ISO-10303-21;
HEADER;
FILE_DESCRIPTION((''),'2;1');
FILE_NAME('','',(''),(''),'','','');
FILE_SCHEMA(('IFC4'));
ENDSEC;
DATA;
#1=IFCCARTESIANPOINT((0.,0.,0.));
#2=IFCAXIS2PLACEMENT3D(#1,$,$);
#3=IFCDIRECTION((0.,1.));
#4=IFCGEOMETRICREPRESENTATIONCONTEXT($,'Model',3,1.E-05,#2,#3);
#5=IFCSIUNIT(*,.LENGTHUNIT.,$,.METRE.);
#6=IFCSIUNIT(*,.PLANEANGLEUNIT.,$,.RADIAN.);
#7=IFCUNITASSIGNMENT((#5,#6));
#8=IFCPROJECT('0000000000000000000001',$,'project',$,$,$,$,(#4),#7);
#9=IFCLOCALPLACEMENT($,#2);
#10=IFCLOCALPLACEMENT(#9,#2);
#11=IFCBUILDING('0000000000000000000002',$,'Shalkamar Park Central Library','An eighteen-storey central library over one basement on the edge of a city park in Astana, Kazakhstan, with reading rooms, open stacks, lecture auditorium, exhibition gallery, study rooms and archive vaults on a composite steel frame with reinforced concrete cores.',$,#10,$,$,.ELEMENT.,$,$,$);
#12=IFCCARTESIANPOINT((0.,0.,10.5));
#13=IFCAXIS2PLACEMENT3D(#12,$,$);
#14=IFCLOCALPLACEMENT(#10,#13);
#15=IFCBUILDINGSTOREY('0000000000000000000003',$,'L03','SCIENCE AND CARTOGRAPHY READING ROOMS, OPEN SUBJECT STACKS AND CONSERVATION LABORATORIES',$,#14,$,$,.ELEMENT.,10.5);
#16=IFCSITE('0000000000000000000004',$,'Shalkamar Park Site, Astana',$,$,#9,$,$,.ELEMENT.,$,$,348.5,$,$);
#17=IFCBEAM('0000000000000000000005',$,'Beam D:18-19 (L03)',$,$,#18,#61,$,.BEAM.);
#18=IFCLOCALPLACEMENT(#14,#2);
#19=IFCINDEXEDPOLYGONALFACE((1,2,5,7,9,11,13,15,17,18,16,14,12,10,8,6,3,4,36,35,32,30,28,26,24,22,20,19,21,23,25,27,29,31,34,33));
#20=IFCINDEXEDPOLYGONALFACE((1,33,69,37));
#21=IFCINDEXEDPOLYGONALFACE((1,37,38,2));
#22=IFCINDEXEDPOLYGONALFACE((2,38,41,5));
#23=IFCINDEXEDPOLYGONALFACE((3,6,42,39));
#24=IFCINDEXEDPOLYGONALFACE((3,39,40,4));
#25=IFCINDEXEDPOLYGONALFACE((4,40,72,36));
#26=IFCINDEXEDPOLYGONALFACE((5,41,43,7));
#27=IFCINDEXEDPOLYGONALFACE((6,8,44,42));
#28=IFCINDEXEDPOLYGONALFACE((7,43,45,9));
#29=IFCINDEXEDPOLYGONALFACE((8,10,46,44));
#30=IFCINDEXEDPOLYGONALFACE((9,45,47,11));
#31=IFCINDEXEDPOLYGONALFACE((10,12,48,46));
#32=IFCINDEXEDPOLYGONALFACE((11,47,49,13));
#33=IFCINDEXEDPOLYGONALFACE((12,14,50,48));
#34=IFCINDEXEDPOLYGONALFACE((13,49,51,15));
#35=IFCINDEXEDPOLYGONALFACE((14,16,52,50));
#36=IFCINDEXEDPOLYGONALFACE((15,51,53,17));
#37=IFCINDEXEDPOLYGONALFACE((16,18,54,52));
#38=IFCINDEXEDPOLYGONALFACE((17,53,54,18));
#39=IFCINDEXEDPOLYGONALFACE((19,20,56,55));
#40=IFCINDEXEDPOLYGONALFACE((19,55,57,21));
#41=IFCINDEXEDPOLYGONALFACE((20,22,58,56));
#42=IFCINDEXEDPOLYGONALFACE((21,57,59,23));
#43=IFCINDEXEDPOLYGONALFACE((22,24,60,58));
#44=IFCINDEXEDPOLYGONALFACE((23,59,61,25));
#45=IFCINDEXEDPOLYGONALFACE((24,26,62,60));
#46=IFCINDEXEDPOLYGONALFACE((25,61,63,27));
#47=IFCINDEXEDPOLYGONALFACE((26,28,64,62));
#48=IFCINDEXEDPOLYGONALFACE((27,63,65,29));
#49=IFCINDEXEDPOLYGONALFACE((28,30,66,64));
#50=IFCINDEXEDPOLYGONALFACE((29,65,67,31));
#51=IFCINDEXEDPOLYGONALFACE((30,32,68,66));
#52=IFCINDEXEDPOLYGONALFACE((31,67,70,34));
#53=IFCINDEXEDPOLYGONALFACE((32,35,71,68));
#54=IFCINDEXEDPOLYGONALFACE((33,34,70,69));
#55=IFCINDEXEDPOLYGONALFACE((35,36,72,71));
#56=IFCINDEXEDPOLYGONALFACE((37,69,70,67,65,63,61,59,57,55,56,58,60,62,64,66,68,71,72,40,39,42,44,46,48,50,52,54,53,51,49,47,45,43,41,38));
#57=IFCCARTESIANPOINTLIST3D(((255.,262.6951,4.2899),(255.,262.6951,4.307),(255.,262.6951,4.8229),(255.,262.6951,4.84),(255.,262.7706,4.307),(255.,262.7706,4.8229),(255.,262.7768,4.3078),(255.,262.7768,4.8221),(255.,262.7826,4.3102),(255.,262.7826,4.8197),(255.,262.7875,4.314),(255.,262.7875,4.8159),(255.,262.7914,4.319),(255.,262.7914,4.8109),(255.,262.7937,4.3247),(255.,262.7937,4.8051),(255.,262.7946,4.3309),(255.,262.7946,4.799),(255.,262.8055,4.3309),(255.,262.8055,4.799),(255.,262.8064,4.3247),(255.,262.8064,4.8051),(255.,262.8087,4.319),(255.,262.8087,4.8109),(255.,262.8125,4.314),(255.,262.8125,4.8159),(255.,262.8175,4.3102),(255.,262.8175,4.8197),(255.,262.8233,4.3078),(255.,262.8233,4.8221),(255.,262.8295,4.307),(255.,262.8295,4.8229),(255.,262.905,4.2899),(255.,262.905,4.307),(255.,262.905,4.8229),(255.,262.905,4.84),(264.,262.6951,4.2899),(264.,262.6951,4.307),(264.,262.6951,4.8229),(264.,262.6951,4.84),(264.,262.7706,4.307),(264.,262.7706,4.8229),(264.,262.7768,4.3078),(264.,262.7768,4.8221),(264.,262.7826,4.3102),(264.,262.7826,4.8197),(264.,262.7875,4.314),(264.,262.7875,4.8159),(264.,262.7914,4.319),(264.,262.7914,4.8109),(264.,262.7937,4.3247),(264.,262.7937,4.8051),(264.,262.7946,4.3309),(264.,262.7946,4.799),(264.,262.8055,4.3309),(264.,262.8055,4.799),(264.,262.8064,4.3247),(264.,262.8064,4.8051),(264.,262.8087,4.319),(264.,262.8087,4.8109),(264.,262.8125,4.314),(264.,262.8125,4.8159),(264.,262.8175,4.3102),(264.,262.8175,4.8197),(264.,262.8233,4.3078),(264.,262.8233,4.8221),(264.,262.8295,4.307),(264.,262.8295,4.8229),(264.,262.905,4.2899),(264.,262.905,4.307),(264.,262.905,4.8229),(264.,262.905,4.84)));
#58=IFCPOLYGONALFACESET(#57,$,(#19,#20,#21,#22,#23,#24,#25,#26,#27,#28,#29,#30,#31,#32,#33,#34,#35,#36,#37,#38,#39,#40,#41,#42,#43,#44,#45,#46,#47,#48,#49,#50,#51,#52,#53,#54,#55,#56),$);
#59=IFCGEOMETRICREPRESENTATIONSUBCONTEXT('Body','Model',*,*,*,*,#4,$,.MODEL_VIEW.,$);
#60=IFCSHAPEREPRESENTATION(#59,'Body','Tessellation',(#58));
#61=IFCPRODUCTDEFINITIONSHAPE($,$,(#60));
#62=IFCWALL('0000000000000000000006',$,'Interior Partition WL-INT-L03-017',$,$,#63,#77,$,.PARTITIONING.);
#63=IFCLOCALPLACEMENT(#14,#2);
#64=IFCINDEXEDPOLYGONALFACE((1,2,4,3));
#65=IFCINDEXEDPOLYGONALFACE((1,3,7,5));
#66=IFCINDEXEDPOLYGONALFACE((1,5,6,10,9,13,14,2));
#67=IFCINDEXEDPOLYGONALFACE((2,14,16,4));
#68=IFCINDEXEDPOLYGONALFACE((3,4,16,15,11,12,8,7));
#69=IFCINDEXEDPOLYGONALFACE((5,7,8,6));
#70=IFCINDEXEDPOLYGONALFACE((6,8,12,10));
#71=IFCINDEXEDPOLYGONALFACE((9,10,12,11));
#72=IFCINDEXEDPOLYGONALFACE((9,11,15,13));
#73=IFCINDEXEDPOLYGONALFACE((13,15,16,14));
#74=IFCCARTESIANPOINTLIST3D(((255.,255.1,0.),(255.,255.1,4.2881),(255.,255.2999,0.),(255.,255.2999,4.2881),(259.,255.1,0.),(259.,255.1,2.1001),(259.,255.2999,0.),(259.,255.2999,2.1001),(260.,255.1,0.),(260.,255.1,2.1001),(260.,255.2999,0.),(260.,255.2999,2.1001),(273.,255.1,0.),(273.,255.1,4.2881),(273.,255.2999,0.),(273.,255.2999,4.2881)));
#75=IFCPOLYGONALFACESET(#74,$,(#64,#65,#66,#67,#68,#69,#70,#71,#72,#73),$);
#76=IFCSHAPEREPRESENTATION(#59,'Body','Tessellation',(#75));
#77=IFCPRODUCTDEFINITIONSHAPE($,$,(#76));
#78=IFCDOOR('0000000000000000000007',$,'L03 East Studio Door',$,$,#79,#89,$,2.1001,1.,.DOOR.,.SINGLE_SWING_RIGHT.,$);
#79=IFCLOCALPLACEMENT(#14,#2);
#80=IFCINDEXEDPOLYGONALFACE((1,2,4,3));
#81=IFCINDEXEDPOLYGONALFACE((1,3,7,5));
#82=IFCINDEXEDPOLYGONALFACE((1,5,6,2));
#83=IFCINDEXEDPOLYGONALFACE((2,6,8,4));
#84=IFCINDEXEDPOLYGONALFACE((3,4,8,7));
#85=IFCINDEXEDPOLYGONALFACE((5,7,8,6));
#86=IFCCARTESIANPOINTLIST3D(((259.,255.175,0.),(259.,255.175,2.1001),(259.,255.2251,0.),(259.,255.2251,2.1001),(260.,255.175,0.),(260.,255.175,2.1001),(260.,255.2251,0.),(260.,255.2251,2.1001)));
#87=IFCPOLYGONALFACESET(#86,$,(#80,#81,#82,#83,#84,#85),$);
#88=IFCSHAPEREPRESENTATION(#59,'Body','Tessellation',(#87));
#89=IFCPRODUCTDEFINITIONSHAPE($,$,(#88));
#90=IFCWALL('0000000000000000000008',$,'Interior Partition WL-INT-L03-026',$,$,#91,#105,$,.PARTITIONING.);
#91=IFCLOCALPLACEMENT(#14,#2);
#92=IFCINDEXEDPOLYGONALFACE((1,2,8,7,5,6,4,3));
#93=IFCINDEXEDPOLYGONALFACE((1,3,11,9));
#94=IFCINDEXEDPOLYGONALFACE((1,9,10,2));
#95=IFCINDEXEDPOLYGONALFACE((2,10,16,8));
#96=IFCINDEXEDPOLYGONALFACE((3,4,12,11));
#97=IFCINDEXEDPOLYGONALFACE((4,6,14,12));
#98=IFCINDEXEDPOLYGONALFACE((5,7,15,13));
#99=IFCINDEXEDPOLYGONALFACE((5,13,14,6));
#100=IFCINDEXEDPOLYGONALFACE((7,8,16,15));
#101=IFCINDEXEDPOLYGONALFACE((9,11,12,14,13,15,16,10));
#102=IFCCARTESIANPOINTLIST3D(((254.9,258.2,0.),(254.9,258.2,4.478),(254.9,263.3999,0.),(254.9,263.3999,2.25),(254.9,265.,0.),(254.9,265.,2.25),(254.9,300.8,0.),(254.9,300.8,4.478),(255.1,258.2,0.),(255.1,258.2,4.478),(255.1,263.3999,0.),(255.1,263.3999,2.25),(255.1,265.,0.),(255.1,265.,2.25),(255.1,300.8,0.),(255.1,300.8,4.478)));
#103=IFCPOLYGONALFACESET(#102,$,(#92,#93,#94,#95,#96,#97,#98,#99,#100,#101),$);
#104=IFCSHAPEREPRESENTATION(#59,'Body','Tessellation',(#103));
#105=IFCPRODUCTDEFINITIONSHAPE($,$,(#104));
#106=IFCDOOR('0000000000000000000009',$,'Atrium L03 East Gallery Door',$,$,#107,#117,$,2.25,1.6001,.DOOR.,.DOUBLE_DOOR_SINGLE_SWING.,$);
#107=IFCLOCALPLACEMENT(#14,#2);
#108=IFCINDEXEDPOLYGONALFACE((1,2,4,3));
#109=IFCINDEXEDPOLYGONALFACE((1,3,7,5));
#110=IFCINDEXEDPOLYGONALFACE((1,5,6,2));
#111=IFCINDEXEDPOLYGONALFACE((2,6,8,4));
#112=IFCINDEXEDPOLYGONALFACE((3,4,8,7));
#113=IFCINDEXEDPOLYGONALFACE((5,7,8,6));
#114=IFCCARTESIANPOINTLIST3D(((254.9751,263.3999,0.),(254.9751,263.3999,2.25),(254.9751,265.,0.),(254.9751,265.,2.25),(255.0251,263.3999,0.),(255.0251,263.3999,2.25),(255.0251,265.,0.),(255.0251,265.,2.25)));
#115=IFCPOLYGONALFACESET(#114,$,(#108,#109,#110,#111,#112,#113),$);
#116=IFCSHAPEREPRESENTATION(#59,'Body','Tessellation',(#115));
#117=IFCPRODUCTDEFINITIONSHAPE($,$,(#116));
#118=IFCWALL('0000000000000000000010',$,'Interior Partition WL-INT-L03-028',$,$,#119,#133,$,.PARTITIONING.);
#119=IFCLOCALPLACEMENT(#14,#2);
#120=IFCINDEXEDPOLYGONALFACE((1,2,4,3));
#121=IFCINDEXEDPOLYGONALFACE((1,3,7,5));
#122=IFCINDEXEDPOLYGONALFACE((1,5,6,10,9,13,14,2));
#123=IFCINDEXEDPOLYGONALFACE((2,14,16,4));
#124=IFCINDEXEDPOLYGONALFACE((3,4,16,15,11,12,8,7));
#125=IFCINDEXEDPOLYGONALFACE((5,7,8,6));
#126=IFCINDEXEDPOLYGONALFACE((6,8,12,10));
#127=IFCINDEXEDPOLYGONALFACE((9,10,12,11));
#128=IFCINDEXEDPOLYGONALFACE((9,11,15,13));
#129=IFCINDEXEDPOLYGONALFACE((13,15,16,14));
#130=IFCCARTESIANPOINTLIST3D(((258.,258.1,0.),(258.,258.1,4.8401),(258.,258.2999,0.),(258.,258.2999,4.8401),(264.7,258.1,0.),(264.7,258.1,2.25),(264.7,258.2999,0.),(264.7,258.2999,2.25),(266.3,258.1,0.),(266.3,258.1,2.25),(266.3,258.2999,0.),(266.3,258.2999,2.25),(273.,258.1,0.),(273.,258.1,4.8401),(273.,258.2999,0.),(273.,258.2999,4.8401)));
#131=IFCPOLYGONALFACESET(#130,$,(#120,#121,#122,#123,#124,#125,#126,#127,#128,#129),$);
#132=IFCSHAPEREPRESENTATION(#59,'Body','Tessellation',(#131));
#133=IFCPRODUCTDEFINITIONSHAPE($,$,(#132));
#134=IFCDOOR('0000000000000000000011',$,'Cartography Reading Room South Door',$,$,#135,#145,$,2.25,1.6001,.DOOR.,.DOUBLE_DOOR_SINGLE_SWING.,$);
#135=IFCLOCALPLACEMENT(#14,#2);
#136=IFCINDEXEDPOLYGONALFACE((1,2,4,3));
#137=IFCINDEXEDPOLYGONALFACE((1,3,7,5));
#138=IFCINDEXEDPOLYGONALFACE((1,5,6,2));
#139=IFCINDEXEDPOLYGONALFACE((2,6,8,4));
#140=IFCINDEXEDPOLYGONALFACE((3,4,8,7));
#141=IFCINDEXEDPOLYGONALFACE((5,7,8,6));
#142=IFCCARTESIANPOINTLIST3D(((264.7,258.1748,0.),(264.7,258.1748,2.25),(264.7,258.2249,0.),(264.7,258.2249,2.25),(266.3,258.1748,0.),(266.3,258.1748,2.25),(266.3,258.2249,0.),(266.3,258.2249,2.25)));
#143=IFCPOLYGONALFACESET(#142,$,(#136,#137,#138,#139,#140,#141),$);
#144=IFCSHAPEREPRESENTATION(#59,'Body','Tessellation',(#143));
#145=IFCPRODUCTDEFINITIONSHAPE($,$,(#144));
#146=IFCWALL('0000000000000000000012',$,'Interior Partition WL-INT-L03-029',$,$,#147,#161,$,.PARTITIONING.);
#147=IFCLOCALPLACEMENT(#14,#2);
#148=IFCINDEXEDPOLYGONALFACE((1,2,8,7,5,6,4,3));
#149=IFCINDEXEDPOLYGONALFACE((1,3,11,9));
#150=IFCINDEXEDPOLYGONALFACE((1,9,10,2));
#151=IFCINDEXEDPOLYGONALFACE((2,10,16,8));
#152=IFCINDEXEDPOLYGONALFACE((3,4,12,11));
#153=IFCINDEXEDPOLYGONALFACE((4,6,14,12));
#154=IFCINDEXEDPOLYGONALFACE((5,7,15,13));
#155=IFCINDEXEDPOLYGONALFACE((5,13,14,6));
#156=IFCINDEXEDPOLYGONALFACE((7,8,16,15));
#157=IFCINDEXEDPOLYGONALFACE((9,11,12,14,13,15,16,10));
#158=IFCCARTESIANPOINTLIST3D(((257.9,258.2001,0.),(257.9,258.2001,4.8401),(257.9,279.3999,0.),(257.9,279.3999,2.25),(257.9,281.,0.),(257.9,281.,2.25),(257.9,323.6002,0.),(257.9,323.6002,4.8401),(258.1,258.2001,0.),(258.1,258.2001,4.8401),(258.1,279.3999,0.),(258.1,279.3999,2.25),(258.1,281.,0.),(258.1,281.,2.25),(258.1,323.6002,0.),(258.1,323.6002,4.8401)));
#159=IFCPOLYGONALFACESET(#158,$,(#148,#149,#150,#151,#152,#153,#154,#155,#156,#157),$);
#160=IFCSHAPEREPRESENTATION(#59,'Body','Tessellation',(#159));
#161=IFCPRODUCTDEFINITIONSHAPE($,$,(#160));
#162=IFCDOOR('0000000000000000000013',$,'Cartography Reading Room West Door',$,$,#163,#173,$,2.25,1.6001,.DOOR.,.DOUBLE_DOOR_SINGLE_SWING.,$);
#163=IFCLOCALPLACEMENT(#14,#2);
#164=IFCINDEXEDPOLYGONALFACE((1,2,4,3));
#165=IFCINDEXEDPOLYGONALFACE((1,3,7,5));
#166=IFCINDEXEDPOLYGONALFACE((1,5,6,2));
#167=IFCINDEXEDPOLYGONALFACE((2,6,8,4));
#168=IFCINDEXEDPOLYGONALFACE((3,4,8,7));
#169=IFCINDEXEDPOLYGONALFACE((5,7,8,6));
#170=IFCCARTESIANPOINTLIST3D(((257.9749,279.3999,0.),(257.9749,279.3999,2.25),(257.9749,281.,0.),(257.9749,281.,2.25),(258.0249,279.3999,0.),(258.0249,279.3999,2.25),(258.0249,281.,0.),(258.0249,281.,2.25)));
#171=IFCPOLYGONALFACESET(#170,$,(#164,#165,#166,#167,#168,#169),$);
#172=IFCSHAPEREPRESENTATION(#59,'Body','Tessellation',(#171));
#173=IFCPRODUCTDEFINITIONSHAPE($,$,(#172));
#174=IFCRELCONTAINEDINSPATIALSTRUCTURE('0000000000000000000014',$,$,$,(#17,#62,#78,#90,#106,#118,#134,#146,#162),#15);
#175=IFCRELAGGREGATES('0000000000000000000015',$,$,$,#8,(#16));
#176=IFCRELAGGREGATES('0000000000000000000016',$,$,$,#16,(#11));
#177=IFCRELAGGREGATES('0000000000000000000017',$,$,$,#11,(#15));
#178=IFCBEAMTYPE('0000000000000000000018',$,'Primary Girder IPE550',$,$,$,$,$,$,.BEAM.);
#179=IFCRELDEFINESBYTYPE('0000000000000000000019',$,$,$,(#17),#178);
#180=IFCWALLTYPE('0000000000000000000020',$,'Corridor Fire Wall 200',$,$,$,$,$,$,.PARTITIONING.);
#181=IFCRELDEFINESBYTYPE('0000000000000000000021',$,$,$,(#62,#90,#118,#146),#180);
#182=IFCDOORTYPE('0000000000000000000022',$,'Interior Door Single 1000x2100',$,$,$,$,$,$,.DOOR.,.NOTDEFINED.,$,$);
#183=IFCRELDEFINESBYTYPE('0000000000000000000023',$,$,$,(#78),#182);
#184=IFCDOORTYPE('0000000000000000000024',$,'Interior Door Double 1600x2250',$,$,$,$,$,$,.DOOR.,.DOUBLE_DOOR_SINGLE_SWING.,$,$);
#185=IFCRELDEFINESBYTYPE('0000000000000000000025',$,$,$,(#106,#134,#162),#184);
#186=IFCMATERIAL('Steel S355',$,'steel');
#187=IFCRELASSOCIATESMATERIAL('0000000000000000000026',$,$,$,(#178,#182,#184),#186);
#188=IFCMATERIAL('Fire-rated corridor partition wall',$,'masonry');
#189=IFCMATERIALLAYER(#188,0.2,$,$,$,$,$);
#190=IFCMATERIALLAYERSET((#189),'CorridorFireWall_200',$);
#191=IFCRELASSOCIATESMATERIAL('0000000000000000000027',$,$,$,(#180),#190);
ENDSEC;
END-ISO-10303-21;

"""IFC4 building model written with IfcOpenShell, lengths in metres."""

from ifc_helpers import new_model, si_unit, direction, frame, frame_2d, origin, origin_2d, place, context, subcontext, project, spatial, rectangle, i_section, extrude, material, layer, layer_set, material_profile, profile_set, type_object, element, fill, save


model = new_model("IFC4")

# Units and contexts
model_context = context("Model", 3, precision=1e-05, world=origin(), true_north=direction((0.0, 1.0)))
body_context = subcontext(model_context, "Body", "Model", "MODEL_VIEW")
ifc_project = project(units=[si_unit("LENGTHUNIT", "METRE"), si_unit("PLANEANGLEUNIT", "RADIAN")], contexts=[model_context])

# Site, building, storey
site_placement = place(None, origin())
site = spatial("IfcSite", under=ifc_project, at=site_placement, Name="Shalkamar Park Site, Astana", CompositionType="ELEMENT", RefElevation=348.5)
building_placement = place(site_placement, origin())
building = spatial("IfcBuilding", under=site, at=building_placement, Name="Shalkamar Park Central Library", Description="An eighteen-storey central library over one basement on the edge of a city park in Astana, Kazakhstan, with reading rooms, open stacks, lecture auditorium, exhibition gallery, study rooms and archive vaults on a composite steel frame with reinforced concrete cores.", CompositionType="ELEMENT")
storey_placement = place(building_placement, frame((0.0, 0.0, 10.5)))
storey = spatial("IfcBuildingStorey", under=building, at=storey_placement, Name="L03", Description="SCIENCE AND CARTOGRAPHY READING ROOMS, OPEN SUBJECT STACKS AND CONSERVATION LABORATORIES", CompositionType="ELEMENT", Elevation=10.5)

# Shared definitions
ifc_material_1 = material(Name="Steel S355", Category="steel")

# Beam
ifc_material_profile_1 = material_profile(ifc_material_1, i_section(OverallWidth=0.21, OverallDepth=0.55, WebThickness=0.011, FlangeThickness=0.0171, FilletRadius=0.0239, at=origin_2d()), Name="IPE 550")
ifc_profile_set_1 = profile_set([ifc_material_profile_1], Name="Steel S355")
beam_type_1 = type_object("IfcBeamType", Name="Primary Girder IPE550", PredefinedType="BEAM", material=ifc_profile_set_1)
for number, where, z_axis, x_axis, name in (
    (1, (255.0, 262.8, 4.5649), (1.0, 0.0, 0.0), (0.0, 1.0, 0.0), "Beam D:18-19 (L03)"),
):
    element("IfcBeam", number, at=place(storey_placement, frame(where, z_axis=z_axis, x_axis=x_axis)), inside=storey, type_object=beam_type_1, Name=name, PredefinedType="BEAM", context=body_context, shape_type="SweptSolid", body=[
        extrude(i_section(OverallWidth=0.21, OverallDepth=0.55, WebThickness=0.011, FlangeThickness=0.0171, FilletRadius=0.0239, at=origin_2d()), origin(), (0.0, 0.0, 1.0), 9.0),
    ])

# Walls, openings, doors
ifc_material_2 = material(Name="Fire-rated corridor partition wall", Category="masonry")
ifc_layer_1 = layer(ifc_material_2, 0.2)
ifc_layer_set_1 = layer_set([ifc_layer_1], Name="CorridorFireWall_200")
wall_type_1 = type_object("IfcWallType", Name="Corridor Fire Wall 200", PredefinedType="PARTITIONING", material=ifc_layer_set_1)
wall_1_placement = place(storey_placement, frame((255.0, 255.2, 0.0), z_axis=(0.0, 0.0, 1.0), x_axis=(1.0, 0.0, 0.0)))
wall_1 = element("IfcWall", 2, at=wall_1_placement, inside=storey, type_object=wall_type_1, Name="Interior Partition WL-INT-L03-017", PredefinedType="PARTITIONING", context=body_context, shape_type="SweptSolid", body=[
    extrude(rectangle(XDim=18.0, YDim=0.2, at=frame_2d((9.0, 0.0))), origin(), (0.0, 0.0, 1.0), 4.2881),
])
opening_1_placement = place(wall_1_placement, frame((4.0, 0.0, 0.0)))
opening_1 = element("IfcOpeningElement", 3, at=opening_1_placement, cuts=wall_1, PredefinedType="OPENING", context=body_context, shape_type="SweptSolid", body=[
    extrude(rectangle(XDim=1.0, YDim=2.1001, at=frame_2d((0.5, 1.05))), frame((0.0, 0.1147, 0.0), z_axis=(0.0, -1.0, 0.0), x_axis=(1.0, 0.0, 0.0)), (0.0, 0.0, 1.0), 0.2297),
])
door_type_1 = type_object("IfcDoorType", Name="Interior Door Single 1000x2100", OperationType="NOTDEFINED", PredefinedType="DOOR", material=ifc_material_1)
door_1_placement = place(opening_1_placement, frame((1.0, 0.0, 0.0), z_axis=(0.0, 0.0, 1.0), x_axis=(-1.0, 0.0, 0.0)))
door_1 = element("IfcDoor", 4, at=door_1_placement, inside=storey, type_object=door_type_1, Name="L03 East Studio Door", OperationType="SINGLE_SWING_RIGHT", OverallHeight=2.1001, OverallWidth=1.0, PredefinedType="DOOR", context=body_context, shape_type="SweptSolid", body=[
    extrude(rectangle(XDim=1.0, YDim=2.1001, at=frame_2d((0.5, 1.05))), frame((0.0, 0.0249, 0.0), z_axis=(0.0, -1.0, 0.0), x_axis=(1.0, 0.0, 0.0)), (0.0, 0.0, 1.0), 0.05),
])
fill(opening_1, door_1)
wall_2_placement = place(storey_placement, frame((255.0, 258.2, 0.0), z_axis=(0.0, 0.0, 1.0), x_axis=(0.0, 1.0, 0.0)))
wall_2 = element("IfcWall", 5, at=wall_2_placement, inside=storey, type_object=wall_type_1, Name="Interior Partition WL-INT-L03-026", PredefinedType="PARTITIONING", context=body_context, shape_type="SweptSolid", body=[
    extrude(rectangle(XDim=42.6001, YDim=0.2, at=frame_2d((21.3, 0.0))), origin(), (0.0, 0.0, 1.0), 4.478),
])
opening_2_placement = place(wall_2_placement, frame((5.2, 0.0, 0.0)))
opening_2 = element("IfcOpeningElement", 6, at=opening_2_placement, cuts=wall_2, PredefinedType="OPENING", context=body_context, shape_type="SweptSolid", body=[
    extrude(rectangle(XDim=1.6001, YDim=2.25, at=frame_2d((0.8, 1.125))), frame((0.0, 0.1147, 0.0), z_axis=(0.0, -1.0, 0.0), x_axis=(1.0, 0.0, 0.0)), (0.0, 0.0, 1.0), 0.2297),
])
door_type_2 = type_object("IfcDoorType", Name="Interior Door Double 1600x2250", OperationType="DOUBLE_DOOR_SINGLE_SWING", PredefinedType="DOOR", material=ifc_material_1)
door_2_placement = place(opening_2_placement, origin())
door_2 = element("IfcDoor", 7, at=door_2_placement, inside=storey, type_object=door_type_2, Name="Atrium L03 East Gallery Door", OperationType="DOUBLE_DOOR_SINGLE_SWING", OverallHeight=2.25, OverallWidth=1.6001, PredefinedType="DOOR", context=body_context, shape_type="SweptSolid", body=[
    extrude(rectangle(XDim=1.6001, YDim=2.25, at=frame_2d((0.8, 1.125))), frame((0.0, 0.0249, 0.0), z_axis=(0.0, -1.0, 0.0), x_axis=(1.0, 0.0, 0.0)), (0.0, 0.0, 1.0), 0.05),
])
fill(opening_2, door_2)
wall_3_placement = place(storey_placement, frame((258.0, 258.2, 0.0), z_axis=(0.0, 0.0, 1.0), x_axis=(1.0, 0.0, 0.0)))
wall_3 = element("IfcWall", 8, at=wall_3_placement, inside=storey, type_object=wall_type_1, Name="Interior Partition WL-INT-L03-028", PredefinedType="PARTITIONING", context=body_context, shape_type="SweptSolid", body=[
    extrude(rectangle(XDim=15.0, YDim=0.2, at=frame_2d((7.5, 0.0))), origin(), (0.0, 0.0, 1.0), 4.8401),
])
opening_3_placement = place(wall_3_placement, frame((6.7, 0.0, 0.0)))
opening_3 = element("IfcOpeningElement", 9, at=opening_3_placement, cuts=wall_3, PredefinedType="OPENING", context=body_context, shape_type="SweptSolid", body=[
    extrude(rectangle(XDim=1.6001, YDim=2.25, at=frame_2d((0.8, 1.125))), frame((0.0, 0.1147, 0.0), z_axis=(0.0, -1.0, 0.0), x_axis=(1.0, 0.0, 0.0)), (0.0, 0.0, 1.0), 0.2297),
])
door_3_placement = place(opening_3_placement, origin())
door_3 = element("IfcDoor", 10, at=door_3_placement, inside=storey, type_object=door_type_2, Name="Cartography Reading Room South Door", OperationType="DOUBLE_DOOR_SINGLE_SWING", OverallHeight=2.25, OverallWidth=1.6001, PredefinedType="DOOR", context=body_context, shape_type="SweptSolid", body=[
    extrude(rectangle(XDim=1.6001, YDim=2.25, at=frame_2d((0.8, 1.125))), frame((0.0, 0.0249, 0.0), z_axis=(0.0, -1.0, 0.0), x_axis=(1.0, 0.0, 0.0)), (0.0, 0.0, 1.0), 0.05),
])
fill(opening_3, door_3)
wall_4_placement = place(storey_placement, frame((258.0, 258.2, 0.0), z_axis=(0.0, 0.0, 1.0), x_axis=(0.0, 1.0, 0.0)))
wall_4 = element("IfcWall", 11, at=wall_4_placement, inside=storey, type_object=wall_type_1, Name="Interior Partition WL-INT-L03-029", PredefinedType="PARTITIONING", context=body_context, shape_type="SweptSolid", body=[
    extrude(rectangle(XDim=65.4001, YDim=0.2, at=frame_2d((32.7002, 0.0))), origin(), (0.0, 0.0, 1.0), 4.8401),
])
opening_4_placement = place(wall_4_placement, frame((21.2, 0.0, 0.0)))
opening_4 = element("IfcOpeningElement", 12, at=opening_4_placement, cuts=wall_4, PredefinedType="OPENING", context=body_context, shape_type="SweptSolid", body=[
    extrude(rectangle(XDim=1.6001, YDim=2.25, at=frame_2d((0.8, 1.125))), frame((0.0, 0.1147, 0.0), z_axis=(0.0, -1.0, 0.0), x_axis=(1.0, 0.0, 0.0)), (0.0, 0.0, 1.0), 0.2297),
])
door_4_placement = place(opening_4_placement, frame((1.6001, 0.0, 0.0), z_axis=(0.0, 0.0, 1.0), x_axis=(-1.0, 0.0, 0.0)))
door_4 = element("IfcDoor", 13, at=door_4_placement, inside=storey, type_object=door_type_2, Name="Cartography Reading Room West Door", OperationType="DOUBLE_DOOR_SINGLE_SWING", OverallHeight=2.25, OverallWidth=1.6001, PredefinedType="DOOR", context=body_context, shape_type="SweptSolid", body=[
    extrude(rectangle(XDim=1.6001, YDim=2.25, at=frame_2d((0.8, 1.125))), frame((0.0, 0.0249, 0.0), z_axis=(0.0, -1.0, 0.0), x_axis=(1.0, 0.0, 0.0)), (0.0, 0.0, 1.0), 0.05),
])
fill(opening_4, door_4)

save(model, "model.ifc")
